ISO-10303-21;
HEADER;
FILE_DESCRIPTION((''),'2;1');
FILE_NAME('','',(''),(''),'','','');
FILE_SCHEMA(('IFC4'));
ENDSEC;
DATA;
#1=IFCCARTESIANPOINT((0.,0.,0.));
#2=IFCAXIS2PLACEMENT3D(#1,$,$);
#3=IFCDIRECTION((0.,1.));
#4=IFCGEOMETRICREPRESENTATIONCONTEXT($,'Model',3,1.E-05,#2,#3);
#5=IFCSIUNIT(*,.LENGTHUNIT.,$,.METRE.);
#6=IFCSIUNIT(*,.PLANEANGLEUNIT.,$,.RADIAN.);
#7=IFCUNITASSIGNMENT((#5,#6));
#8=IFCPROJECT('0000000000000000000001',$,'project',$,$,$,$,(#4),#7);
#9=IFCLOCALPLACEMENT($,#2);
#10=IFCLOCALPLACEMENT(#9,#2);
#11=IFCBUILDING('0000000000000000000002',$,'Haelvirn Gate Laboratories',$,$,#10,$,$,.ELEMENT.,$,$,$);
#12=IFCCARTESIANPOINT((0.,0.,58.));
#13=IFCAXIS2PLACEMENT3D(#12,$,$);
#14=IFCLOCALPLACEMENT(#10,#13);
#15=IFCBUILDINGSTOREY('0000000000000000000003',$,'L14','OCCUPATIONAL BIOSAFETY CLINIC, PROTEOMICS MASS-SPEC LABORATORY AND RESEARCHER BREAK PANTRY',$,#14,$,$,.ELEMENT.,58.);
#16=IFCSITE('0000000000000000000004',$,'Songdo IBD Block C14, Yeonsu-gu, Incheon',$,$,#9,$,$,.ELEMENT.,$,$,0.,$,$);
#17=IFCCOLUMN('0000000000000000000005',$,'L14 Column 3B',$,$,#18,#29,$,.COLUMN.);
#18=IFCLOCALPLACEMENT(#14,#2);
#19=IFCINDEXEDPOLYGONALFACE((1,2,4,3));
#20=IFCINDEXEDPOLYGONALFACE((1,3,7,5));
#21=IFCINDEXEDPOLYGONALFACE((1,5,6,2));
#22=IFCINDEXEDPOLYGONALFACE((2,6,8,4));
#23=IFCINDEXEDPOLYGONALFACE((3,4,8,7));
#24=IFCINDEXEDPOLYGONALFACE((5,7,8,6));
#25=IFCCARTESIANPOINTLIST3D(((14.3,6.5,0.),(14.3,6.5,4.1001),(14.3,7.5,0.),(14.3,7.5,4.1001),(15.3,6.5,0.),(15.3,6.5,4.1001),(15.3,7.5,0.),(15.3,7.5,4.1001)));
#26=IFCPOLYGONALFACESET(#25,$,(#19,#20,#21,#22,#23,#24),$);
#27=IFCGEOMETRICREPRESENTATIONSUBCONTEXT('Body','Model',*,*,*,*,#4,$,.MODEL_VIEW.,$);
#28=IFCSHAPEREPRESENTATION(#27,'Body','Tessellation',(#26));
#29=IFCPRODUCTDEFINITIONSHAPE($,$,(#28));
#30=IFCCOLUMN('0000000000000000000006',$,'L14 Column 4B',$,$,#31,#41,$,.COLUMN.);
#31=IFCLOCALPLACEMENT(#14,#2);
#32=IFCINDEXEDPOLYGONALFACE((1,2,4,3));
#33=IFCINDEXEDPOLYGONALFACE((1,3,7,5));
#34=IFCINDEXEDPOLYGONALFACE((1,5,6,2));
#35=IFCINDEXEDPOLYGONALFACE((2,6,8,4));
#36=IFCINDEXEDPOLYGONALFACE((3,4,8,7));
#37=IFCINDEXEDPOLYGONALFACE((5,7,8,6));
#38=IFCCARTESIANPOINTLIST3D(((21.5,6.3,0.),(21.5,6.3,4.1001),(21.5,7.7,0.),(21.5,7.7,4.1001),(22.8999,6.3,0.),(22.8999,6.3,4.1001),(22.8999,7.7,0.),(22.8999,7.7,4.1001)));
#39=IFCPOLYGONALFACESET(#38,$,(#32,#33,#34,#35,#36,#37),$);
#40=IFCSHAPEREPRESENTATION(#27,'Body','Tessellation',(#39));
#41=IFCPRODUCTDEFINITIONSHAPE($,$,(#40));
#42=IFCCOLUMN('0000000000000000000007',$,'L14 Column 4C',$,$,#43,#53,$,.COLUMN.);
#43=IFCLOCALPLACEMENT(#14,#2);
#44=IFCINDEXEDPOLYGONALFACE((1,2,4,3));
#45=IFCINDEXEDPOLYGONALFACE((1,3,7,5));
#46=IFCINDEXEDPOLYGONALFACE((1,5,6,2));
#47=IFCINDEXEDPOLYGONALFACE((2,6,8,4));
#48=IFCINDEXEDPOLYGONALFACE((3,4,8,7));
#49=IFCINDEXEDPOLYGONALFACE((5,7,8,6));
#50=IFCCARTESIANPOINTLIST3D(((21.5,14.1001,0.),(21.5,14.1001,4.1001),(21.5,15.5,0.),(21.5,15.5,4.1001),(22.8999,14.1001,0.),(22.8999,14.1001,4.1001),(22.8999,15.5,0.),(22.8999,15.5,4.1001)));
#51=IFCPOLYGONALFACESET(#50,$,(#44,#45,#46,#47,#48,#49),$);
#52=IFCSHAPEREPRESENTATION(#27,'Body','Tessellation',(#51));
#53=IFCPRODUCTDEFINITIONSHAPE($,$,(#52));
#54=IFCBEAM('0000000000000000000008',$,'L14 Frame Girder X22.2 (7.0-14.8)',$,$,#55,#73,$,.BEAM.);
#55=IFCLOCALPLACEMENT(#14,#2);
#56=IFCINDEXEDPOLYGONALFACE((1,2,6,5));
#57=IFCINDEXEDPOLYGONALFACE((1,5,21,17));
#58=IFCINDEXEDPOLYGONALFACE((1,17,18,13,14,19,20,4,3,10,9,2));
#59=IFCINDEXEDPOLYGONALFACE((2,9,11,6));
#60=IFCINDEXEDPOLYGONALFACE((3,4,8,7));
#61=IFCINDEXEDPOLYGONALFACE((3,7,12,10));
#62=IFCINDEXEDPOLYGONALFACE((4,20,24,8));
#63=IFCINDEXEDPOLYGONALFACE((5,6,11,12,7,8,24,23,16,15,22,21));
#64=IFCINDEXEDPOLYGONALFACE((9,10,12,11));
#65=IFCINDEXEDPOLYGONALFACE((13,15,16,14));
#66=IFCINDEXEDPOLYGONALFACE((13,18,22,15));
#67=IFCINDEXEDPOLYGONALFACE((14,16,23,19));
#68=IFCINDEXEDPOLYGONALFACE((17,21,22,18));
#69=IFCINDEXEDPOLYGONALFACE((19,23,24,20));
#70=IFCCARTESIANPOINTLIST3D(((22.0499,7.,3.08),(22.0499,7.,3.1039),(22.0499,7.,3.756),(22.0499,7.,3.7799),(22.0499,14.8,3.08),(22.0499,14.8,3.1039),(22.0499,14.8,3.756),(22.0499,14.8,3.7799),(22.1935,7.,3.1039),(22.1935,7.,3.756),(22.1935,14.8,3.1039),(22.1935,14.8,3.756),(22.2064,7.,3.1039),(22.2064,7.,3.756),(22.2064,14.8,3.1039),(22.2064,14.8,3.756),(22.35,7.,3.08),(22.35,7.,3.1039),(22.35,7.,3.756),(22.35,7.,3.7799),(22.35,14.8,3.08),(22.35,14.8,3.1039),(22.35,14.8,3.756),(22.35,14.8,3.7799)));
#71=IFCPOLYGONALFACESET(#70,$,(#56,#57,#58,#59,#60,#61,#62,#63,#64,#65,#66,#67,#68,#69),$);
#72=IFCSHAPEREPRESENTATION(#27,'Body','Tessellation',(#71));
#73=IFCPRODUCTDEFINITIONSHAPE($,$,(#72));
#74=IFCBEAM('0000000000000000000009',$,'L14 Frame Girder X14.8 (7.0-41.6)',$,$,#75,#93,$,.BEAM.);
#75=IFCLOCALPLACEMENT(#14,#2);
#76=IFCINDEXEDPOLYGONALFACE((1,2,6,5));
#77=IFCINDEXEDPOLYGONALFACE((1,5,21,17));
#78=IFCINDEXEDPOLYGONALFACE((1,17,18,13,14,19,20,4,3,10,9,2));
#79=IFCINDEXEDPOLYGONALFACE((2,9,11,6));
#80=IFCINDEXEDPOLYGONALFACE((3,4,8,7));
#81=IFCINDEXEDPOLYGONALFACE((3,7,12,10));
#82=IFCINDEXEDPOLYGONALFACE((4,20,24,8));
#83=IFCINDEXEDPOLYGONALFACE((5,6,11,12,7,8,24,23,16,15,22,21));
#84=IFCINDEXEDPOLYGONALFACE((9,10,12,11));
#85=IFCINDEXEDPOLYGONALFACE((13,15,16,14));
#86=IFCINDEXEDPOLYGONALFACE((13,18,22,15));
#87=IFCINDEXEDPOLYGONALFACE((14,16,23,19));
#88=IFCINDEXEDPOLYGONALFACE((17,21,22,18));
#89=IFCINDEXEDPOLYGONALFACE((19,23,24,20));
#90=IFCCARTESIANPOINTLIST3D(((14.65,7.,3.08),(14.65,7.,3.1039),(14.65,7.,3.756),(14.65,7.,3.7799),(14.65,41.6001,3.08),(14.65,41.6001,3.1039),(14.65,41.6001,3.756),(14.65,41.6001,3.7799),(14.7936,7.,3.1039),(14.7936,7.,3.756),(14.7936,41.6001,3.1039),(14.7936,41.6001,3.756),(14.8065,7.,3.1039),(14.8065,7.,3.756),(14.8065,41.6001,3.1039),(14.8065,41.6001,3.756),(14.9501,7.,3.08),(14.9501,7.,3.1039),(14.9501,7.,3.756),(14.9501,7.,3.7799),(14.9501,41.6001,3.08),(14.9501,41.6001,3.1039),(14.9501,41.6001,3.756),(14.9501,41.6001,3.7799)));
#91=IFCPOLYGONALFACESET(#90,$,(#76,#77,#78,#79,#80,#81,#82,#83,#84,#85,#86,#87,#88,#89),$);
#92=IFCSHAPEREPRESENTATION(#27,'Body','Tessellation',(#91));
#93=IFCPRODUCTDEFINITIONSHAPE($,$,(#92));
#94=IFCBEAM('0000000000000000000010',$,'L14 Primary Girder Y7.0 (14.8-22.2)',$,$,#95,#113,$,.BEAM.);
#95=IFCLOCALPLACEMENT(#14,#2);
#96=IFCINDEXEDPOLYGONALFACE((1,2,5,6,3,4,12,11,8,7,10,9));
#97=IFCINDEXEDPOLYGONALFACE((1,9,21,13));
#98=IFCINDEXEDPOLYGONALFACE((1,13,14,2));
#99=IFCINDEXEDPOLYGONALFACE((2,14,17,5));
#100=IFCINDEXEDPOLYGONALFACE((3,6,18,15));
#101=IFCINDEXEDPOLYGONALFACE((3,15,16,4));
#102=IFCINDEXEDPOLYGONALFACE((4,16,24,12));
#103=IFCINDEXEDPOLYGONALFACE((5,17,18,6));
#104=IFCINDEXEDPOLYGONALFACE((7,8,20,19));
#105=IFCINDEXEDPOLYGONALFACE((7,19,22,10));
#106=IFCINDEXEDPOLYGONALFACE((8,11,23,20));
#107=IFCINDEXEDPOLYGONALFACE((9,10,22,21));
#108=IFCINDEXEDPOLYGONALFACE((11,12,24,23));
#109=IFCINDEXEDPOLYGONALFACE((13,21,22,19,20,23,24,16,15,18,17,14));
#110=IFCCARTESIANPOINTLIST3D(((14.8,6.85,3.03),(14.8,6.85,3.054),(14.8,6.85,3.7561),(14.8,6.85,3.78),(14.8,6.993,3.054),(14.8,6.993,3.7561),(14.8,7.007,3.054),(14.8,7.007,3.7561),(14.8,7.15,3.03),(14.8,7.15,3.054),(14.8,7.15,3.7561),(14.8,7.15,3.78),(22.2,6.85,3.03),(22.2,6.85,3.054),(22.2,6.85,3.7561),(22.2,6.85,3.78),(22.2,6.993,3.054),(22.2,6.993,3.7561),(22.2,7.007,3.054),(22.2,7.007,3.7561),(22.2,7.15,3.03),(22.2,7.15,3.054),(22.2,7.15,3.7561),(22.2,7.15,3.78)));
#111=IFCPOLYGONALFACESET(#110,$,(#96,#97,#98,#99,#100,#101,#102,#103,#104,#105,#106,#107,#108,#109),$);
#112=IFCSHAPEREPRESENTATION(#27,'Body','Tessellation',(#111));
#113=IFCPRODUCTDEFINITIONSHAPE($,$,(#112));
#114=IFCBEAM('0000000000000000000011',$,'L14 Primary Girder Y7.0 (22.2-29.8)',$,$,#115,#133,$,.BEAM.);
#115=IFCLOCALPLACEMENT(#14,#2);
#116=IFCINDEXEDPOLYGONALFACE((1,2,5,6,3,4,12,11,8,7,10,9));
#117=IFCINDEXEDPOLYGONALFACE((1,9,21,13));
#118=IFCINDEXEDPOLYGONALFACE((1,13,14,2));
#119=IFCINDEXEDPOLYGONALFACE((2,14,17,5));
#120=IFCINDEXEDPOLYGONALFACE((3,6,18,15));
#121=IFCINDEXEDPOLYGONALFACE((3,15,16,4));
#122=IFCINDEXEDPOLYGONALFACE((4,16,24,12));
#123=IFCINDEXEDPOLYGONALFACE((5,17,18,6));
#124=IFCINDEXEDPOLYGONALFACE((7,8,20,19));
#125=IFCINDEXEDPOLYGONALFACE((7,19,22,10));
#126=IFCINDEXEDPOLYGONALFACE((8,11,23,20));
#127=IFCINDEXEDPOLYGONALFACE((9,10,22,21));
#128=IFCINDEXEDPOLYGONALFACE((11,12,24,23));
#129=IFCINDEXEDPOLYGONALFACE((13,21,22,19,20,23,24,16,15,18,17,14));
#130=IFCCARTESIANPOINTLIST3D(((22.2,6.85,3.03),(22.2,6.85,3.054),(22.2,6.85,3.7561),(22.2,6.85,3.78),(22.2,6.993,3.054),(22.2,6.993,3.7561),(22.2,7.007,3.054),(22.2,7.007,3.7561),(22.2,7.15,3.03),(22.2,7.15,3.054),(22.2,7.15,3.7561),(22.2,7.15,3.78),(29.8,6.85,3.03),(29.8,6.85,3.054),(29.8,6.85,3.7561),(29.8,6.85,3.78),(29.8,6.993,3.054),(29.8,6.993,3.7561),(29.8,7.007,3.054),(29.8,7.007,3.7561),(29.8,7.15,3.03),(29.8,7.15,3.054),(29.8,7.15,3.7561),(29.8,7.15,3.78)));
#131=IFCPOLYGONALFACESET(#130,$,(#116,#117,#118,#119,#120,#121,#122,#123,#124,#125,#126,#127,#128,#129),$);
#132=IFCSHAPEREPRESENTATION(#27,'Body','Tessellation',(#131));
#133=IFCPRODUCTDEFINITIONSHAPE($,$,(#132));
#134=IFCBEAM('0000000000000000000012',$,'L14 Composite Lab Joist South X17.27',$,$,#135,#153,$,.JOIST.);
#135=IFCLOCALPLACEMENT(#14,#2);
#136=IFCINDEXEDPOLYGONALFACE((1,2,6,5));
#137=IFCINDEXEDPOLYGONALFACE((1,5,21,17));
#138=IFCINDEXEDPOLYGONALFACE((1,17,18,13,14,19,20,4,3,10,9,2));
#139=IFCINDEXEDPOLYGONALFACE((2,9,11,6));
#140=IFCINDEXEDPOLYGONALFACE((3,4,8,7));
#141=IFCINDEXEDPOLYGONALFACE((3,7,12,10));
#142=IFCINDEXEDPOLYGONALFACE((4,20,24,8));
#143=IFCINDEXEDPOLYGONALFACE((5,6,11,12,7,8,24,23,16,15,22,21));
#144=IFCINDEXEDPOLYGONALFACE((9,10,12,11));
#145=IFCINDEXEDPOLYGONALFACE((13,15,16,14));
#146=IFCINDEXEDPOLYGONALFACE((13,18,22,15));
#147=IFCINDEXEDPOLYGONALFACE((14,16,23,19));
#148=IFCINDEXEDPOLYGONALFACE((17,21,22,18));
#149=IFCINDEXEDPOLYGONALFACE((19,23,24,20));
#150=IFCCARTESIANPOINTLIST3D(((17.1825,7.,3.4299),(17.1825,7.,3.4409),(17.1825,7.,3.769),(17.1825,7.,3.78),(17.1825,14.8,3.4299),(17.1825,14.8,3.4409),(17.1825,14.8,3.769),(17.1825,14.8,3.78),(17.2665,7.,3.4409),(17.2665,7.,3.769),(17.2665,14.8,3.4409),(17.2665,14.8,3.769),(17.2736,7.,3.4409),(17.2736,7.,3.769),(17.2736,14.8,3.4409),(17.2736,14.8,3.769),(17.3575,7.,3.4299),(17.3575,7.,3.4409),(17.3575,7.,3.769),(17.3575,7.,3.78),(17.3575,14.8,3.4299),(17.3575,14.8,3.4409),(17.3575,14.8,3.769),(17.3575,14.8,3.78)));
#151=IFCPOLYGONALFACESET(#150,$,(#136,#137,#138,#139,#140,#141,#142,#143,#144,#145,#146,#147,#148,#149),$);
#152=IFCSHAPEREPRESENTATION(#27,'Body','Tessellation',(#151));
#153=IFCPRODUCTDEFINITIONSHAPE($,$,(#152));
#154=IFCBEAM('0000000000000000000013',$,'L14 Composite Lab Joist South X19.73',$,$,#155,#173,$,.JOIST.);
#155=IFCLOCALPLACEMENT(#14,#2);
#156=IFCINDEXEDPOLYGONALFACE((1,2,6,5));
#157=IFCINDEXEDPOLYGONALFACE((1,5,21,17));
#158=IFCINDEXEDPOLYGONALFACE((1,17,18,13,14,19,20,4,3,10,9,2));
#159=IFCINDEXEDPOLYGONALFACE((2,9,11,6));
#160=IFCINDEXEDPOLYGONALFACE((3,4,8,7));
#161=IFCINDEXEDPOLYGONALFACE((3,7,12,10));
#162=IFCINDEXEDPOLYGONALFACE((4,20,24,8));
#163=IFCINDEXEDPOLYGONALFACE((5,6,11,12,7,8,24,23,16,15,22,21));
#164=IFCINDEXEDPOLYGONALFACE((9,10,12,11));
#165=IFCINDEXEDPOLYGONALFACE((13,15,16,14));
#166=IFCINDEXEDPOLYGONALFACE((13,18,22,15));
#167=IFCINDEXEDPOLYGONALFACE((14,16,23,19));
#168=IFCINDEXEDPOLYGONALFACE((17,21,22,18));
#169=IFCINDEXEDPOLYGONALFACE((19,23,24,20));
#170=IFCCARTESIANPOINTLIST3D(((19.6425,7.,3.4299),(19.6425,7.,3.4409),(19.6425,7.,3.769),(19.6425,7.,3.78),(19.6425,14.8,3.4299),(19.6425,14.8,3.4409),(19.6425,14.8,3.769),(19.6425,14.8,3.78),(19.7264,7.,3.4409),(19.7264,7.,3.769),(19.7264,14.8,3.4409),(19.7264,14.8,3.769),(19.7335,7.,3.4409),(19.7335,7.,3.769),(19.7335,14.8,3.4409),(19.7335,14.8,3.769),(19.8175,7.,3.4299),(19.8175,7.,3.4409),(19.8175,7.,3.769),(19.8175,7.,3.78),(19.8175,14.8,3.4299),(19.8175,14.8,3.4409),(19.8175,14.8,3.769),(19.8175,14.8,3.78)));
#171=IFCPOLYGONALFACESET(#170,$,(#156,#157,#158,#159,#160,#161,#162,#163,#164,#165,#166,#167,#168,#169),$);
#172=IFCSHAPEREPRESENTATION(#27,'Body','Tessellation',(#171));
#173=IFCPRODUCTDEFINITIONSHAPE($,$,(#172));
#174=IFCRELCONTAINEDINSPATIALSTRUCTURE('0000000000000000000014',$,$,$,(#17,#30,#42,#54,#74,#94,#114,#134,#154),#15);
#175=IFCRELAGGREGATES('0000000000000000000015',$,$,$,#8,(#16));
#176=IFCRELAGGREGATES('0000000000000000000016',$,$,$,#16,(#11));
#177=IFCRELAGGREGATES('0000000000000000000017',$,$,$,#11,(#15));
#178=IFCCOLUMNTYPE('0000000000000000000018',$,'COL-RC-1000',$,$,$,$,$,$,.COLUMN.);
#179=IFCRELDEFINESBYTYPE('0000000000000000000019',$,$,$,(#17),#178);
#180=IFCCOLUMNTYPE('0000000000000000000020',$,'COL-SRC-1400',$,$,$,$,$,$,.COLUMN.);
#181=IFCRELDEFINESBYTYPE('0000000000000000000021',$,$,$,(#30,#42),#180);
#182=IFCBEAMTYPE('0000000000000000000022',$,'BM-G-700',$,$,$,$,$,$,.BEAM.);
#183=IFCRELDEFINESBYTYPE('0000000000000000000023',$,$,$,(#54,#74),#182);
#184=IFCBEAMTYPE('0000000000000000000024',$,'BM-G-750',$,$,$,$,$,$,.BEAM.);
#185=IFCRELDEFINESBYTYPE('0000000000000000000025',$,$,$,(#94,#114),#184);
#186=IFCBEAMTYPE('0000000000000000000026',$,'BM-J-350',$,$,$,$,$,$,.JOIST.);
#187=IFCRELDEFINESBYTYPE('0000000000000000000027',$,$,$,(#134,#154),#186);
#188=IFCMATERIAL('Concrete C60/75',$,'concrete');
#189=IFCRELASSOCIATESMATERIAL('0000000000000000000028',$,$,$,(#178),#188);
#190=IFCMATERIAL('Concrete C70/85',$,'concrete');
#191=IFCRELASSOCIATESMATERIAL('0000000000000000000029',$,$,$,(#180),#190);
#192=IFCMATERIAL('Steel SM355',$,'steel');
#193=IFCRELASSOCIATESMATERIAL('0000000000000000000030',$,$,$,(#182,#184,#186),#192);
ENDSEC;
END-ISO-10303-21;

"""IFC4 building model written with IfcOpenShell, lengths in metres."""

from ifc_helpers import new_model, si_unit, direction, frame, origin, origin_2d, place, context, subcontext, project, spatial, rectangle, i_section, extrude, source, transform, mapped, material, material_profile, profile_set, type_object, type_shapes, element, save


model = new_model("IFC4")

# Units and contexts
model_context = context("Model", 3, precision=1e-05, world=origin(), true_north=direction((0.0, 1.0)))
body_context = subcontext(model_context, "Body", "Model", "MODEL_VIEW")
ifc_project = project(units=[si_unit("LENGTHUNIT", "METRE"), si_unit("PLANEANGLEUNIT", "RADIAN")], contexts=[model_context])

# Site, building, storey
site_placement = place(None, origin())
site = spatial("IfcSite", under=ifc_project, at=site_placement, Name="Songdo IBD Block C14, Yeonsu-gu, Incheon", CompositionType="ELEMENT", RefElevation=0.0)
building_placement = place(site_placement, origin())
building = spatial("IfcBuilding", under=site, at=building_placement, Name="Haelvirn Gate Laboratories", CompositionType="ELEMENT")
storey_placement = place(building_placement, frame((0.0, 0.0, 58.0)))
storey = spatial("IfcBuildingStorey", under=building, at=storey_placement, Name="L14", Description="OCCUPATIONAL BIOSAFETY CLINIC, PROTEOMICS MASS-SPEC LABORATORY AND RESEARCHER BREAK PANTRY", CompositionType="ELEMENT", Elevation=58.0)

# Columns
ifc_material_1 = material(Name="Concrete C60/75", Category="concrete")
ifc_material_profile_1 = material_profile(ifc_material_1, rectangle(XDim=1.0, YDim=1.0, at=origin_2d()), Name="RC-1000x1000")
ifc_profile_set_1 = profile_set([ifc_material_profile_1], Name="Concrete C60/75")
column_type_1 = type_object("IfcColumnType", Name="COL-RC-1000", PredefinedType="COLUMN", material=ifc_profile_set_1)
shared_shape_1 = source(origin(), body_context, "Body", "SweptSolid", [
    extrude(rectangle(XDim=1.0, YDim=1.0, at=origin_2d()), origin(), (0.0, 0.0, 1.0), 4.1001),
])
type_shapes(column_type_1, [shared_shape_1])
column_placement = place(storey_placement, frame((14.8, 7.0, 0.0), z_axis=(0.0, 0.0, 1.0), x_axis=(1.0, 0.0, 0.0)))
element("IfcColumn", 1, at=column_placement, inside=storey, type_object=column_type_1, Name="L14 Column 3B", PredefinedType="COLUMN", context=body_context, shape_type="MappedRepresentation", body=[
    mapped(shared_shape_1, transform((0.0, 0.0, 0.0), scale=1.0)),
])
ifc_material_2 = material(Name="Concrete C70/85", Category="concrete")
ifc_material_profile_2 = material_profile(ifc_material_2, rectangle(XDim=1.3999, YDim=1.3999, at=origin_2d()), Name="SRC-1400x1400")
ifc_profile_set_2 = profile_set([ifc_material_profile_2], Name="Concrete C70/85")
column_type_2 = type_object("IfcColumnType", Name="COL-SRC-1400", PredefinedType="COLUMN", material=ifc_profile_set_2)
shared_shape_2 = source(origin(), body_context, "Body", "SweptSolid", [
    extrude(rectangle(XDim=1.3999, YDim=1.3999, at=origin_2d()), origin(), (0.0, 0.0, 1.0), 4.1001),
])
type_shapes(column_type_2, [shared_shape_2])
for number, where, z_axis, x_axis, name in (
    (2, (22.2, 7.0, 0.0), (0.0, 0.0, 1.0), (1.0, 0.0, 0.0), "L14 Column 4B"),
    (3, (22.2, 14.8, 0.0), (0.0, 0.0, 1.0), (1.0, 0.0, 0.0), "L14 Column 4C"),
):
    element("IfcColumn", number, at=place(storey_placement, frame(where, z_axis=z_axis, x_axis=x_axis)), inside=storey, type_object=column_type_2, Name=name, PredefinedType="COLUMN", context=body_context, shape_type="MappedRepresentation", body=[
        mapped(shared_shape_2, transform((0.0, 0.0, 0.0), scale=1.0)),
    ])

# Beams
ifc_material_3 = material(Name="Steel SM355", Category="steel")
ifc_material_profile_3 = material_profile(ifc_material_3, i_section(OverallWidth=0.3, OverallDepth=0.7, WebThickness=0.0129, FlangeThickness=0.0239, at=origin_2d()), Name="H-700x300x13x24")
ifc_profile_set_3 = profile_set([ifc_material_profile_3], Name="Steel SM355")
beam_type_1 = type_object("IfcBeamType", Name="BM-G-700", PredefinedType="BEAM", material=ifc_profile_set_3)
shared_shape_3 = source(origin(), body_context, "Body", "SweptSolid", [
    extrude(i_section(OverallWidth=0.3, OverallDepth=0.7, WebThickness=0.0129, FlangeThickness=0.0239, at=origin_2d()), origin(), (0.0, 0.0, 1.0), 7.8),
])
beam_1_placement = place(storey_placement, frame((22.2, 7.0, 3.4299), z_axis=(0.0, 1.0, 0.0), x_axis=(-1.0, 0.0, 0.0)))
element("IfcBeam", 4, at=beam_1_placement, inside=storey, type_object=beam_type_1, Name="L14 Frame Girder X22.2 (7.0-14.8)", PredefinedType="BEAM", context=body_context, shape_type="MappedRepresentation", body=[
    mapped(shared_shape_3, transform((0.0, 0.0, 0.0), scale=1.0)),
])
shared_shape_4 = source(origin(), body_context, "Body", "SweptSolid", [
    extrude(i_section(OverallWidth=0.3, OverallDepth=0.7, WebThickness=0.0129, FlangeThickness=0.0239, at=origin_2d()), origin(), (0.0, 0.0, 1.0), 34.6001),
])
type_shapes(beam_type_1, [shared_shape_3, shared_shape_4])
beam_2_placement = place(storey_placement, frame((14.8, 7.0, 3.4299), z_axis=(0.0, 1.0, 0.0), x_axis=(-1.0, 0.0, 0.0)))
element("IfcBeam", 5, at=beam_2_placement, inside=storey, type_object=beam_type_1, Name="L14 Frame Girder X14.8 (7.0-41.6)", PredefinedType="BEAM", context=body_context, shape_type="MappedRepresentation", body=[
    mapped(shared_shape_4, transform((0.0, 0.0, 0.0), scale=1.0)),
])
ifc_material_profile_4 = material_profile(ifc_material_3, i_section(OverallWidth=0.3, OverallDepth=0.75, WebThickness=0.0139, FlangeThickness=0.0239, at=origin_2d()), Name="H-750x300x14x24")
ifc_profile_set_4 = profile_set([ifc_material_profile_4], Name="Steel SM355")
beam_type_2 = type_object("IfcBeamType", Name="BM-G-750", PredefinedType="BEAM", material=ifc_profile_set_4)
shared_shape_5 = source(origin(), body_context, "Body", "SweptSolid", [
    extrude(i_section(OverallWidth=0.3, OverallDepth=0.75, WebThickness=0.0139, FlangeThickness=0.0239, at=origin_2d()), origin(), (0.0, 0.0, 1.0), 7.3999),
])
beam_3_placement = place(storey_placement, frame((14.8, 7.0, 3.405), z_axis=(1.0, 0.0, 0.0), x_axis=(0.0, 1.0, 0.0)))
element("IfcBeam", 6, at=beam_3_placement, inside=storey, type_object=beam_type_2, Name="L14 Primary Girder Y7.0 (14.8-22.2)", PredefinedType="BEAM", context=body_context, shape_type="MappedRepresentation", body=[
    mapped(shared_shape_5, transform((0.0, 0.0, 0.0), scale=1.0)),
])
shared_shape_6 = source(origin(), body_context, "Body", "SweptSolid", [
    extrude(i_section(OverallWidth=0.3, OverallDepth=0.75, WebThickness=0.0139, FlangeThickness=0.0239, at=origin_2d()), origin(), (0.0, 0.0, 1.0), 7.6001),
])
type_shapes(beam_type_2, [shared_shape_5, shared_shape_6])
beam_4_placement = place(storey_placement, frame((22.2, 7.0, 3.405), z_axis=(1.0, 0.0, 0.0), x_axis=(0.0, 1.0, 0.0)))
element("IfcBeam", 7, at=beam_4_placement, inside=storey, type_object=beam_type_2, Name="L14 Primary Girder Y7.0 (22.2-29.8)", PredefinedType="BEAM", context=body_context, shape_type="MappedRepresentation", body=[
    mapped(shared_shape_6, transform((0.0, 0.0, 0.0), scale=1.0)),
])
ifc_material_profile_5 = material_profile(ifc_material_3, i_section(OverallWidth=0.175, OverallDepth=0.3501, WebThickness=0.0071, FlangeThickness=0.011, at=origin_2d()), Name="H-350x175x7x11")
ifc_profile_set_5 = profile_set([ifc_material_profile_5], Name="Steel SM355")
beam_type_3 = type_object("IfcBeamType", Name="BM-J-350", PredefinedType="JOIST", material=ifc_profile_set_5)
shared_shape_7 = source(origin(), body_context, "Body", "SweptSolid", [
    extrude(i_section(OverallWidth=0.175, OverallDepth=0.3501, WebThickness=0.0071, FlangeThickness=0.011, at=origin_2d()), origin(), (0.0, 0.0, 1.0), 7.8),
])
type_shapes(beam_type_3, [shared_shape_7])
for number, where, z_axis, x_axis, name in (
    (8, (17.27, 7.0, 3.605), (0.0, 1.0, 0.0), (-1.0, 0.0, 0.0), "L14 Composite Lab Joist South X17.27"),
    (9, (19.73, 7.0, 3.605), (0.0, 1.0, 0.0), (-1.0, 0.0, 0.0), "L14 Composite Lab Joist South X19.73"),
):
    element("IfcBeam", number, at=place(storey_placement, frame(where, z_axis=z_axis, x_axis=x_axis)), inside=storey, type_object=beam_type_3, Name=name, PredefinedType="JOIST", context=body_context, shape_type="MappedRepresentation", body=[
        mapped(shared_shape_7, transform((0.0, 0.0, 0.0), scale=1.0)),
    ])

save(model, "model.ifc")
